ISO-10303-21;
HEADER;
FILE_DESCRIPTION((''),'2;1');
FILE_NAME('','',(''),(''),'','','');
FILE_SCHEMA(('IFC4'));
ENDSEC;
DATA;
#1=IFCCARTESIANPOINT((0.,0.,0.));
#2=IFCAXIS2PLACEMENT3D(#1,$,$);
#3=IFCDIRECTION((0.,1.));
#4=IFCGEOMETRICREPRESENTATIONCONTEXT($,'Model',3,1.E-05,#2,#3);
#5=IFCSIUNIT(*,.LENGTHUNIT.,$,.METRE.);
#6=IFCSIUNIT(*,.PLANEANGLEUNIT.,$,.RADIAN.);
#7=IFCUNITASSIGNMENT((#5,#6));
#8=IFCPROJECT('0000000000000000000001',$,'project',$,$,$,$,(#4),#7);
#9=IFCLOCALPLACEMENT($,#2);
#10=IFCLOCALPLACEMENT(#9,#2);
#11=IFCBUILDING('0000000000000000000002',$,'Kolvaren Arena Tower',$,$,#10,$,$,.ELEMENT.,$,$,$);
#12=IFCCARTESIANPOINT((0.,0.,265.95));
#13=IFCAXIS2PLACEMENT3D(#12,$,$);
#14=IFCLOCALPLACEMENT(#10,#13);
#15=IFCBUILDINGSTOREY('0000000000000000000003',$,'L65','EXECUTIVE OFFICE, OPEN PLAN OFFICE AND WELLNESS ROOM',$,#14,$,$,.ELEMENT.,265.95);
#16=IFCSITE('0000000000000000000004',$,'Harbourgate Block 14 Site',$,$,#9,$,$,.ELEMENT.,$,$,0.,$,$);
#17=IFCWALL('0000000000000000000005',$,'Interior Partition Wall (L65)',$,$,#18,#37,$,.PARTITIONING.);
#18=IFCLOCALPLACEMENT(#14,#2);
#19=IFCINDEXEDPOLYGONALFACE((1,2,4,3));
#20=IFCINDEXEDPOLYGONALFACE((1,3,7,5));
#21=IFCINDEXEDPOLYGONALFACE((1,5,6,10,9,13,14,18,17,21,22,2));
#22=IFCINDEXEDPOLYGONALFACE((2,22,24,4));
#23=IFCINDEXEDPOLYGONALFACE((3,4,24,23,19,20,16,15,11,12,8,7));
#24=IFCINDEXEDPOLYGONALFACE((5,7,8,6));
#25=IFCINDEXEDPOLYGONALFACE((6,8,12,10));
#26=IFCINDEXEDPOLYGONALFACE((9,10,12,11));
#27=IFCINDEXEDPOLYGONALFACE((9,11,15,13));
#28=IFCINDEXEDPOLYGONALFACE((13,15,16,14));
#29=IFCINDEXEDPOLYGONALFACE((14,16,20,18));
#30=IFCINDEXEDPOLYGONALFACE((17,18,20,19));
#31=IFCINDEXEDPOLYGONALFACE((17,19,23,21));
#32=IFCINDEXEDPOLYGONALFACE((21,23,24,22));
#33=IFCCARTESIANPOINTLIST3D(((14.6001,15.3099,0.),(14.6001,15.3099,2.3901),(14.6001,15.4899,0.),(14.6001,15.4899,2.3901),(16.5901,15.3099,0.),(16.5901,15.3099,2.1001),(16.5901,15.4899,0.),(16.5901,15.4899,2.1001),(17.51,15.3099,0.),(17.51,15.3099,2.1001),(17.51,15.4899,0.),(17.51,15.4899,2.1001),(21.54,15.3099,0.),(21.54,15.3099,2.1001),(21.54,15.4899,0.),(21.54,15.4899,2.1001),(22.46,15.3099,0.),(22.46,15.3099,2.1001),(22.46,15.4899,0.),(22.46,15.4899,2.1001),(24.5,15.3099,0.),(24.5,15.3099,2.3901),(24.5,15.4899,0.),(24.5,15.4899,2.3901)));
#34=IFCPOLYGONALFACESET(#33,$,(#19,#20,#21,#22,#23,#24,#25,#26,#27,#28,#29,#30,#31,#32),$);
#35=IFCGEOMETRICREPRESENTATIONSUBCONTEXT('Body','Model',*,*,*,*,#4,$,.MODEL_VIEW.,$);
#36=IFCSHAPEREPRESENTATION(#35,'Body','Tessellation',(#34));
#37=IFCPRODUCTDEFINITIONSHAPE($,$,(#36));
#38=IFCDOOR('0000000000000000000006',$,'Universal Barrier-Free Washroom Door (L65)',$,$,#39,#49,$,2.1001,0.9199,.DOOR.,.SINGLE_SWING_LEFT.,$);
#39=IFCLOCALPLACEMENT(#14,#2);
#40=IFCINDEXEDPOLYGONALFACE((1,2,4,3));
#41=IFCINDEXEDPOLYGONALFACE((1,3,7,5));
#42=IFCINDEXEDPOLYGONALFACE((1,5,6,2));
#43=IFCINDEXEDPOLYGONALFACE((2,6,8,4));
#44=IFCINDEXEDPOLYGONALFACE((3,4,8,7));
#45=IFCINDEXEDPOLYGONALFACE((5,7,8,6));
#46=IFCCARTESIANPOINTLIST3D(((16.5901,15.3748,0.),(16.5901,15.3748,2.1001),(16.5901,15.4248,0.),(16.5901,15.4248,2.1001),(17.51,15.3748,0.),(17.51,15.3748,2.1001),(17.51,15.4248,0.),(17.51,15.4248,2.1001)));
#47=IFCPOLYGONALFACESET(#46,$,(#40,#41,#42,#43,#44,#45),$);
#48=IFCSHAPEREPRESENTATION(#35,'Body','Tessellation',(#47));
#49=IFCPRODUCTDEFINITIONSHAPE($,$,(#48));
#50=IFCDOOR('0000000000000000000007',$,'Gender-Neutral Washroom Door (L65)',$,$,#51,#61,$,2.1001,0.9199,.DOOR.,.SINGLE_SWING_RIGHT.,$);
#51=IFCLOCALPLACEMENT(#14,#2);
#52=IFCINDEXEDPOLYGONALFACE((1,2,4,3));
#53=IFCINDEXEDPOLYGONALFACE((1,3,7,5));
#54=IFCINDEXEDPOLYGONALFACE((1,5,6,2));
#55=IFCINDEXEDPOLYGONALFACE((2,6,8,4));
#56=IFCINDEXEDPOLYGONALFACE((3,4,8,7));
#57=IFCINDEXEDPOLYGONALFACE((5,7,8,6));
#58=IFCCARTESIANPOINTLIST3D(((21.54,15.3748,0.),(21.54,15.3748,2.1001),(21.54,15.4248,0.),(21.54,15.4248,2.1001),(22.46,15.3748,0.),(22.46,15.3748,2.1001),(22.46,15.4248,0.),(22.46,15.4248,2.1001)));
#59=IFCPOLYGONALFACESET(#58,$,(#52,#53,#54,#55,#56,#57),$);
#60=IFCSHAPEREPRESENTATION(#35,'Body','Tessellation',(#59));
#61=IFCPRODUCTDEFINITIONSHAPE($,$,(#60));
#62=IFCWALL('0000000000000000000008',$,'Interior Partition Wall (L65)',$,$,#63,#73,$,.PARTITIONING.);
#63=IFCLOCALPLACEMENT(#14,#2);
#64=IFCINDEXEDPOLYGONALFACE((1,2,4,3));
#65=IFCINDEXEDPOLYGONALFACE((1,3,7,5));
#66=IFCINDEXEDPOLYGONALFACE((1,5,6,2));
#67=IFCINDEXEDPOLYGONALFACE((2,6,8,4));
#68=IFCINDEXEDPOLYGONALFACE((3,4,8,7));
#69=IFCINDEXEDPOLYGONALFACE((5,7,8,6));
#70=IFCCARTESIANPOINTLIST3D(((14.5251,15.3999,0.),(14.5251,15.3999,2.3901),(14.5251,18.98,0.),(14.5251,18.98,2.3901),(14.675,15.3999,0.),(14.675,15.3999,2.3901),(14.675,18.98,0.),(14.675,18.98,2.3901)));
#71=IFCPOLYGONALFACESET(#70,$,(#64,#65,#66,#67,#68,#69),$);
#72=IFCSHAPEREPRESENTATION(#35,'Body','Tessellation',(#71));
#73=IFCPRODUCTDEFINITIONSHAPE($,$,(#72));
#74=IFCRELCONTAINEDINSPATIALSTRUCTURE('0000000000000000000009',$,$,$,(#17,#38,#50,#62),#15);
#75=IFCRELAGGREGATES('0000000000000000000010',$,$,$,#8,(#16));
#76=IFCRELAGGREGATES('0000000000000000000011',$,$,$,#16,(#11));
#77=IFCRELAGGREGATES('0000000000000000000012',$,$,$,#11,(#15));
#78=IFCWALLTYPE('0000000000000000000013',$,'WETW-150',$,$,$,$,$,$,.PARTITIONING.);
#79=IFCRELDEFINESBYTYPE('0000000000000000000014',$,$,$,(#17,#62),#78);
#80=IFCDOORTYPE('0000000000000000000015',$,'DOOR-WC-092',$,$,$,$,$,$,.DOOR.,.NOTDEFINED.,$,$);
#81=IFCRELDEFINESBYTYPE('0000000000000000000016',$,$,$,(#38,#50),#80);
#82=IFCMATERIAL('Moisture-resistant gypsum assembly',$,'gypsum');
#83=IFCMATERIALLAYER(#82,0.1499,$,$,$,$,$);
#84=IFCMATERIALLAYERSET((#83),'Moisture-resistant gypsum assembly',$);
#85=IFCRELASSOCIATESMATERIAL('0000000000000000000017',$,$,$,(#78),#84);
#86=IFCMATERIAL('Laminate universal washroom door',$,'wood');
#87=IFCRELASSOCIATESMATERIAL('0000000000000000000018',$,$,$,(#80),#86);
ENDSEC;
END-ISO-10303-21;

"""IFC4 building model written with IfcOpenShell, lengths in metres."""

from ifc_helpers import new_model, si_unit, direction, frame, frame_2d, origin, place, context, subcontext, project, spatial, rectangle, extrude, material, layer, layer_set, type_object, element, fill, save


model = new_model("IFC4")

# Units and contexts
model_context = context("Model", 3, precision=1e-05, world=origin(), true_north=direction((0.0, 1.0)))
body_context = subcontext(model_context, "Body", "Model", "MODEL_VIEW")
ifc_project = project(units=[si_unit("LENGTHUNIT", "METRE"), si_unit("PLANEANGLEUNIT", "RADIAN")], contexts=[model_context])

# Site, building, storey
site_placement = place(None, origin())
site = spatial("IfcSite", under=ifc_project, at=site_placement, Name="Harbourgate Block 14 Site", CompositionType="ELEMENT", RefElevation=0.0)
building_placement = place(site_placement, origin())
building = spatial("IfcBuilding", under=site, at=building_placement, Name="Kolvaren Arena Tower", CompositionType="ELEMENT")
storey_placement = place(building_placement, frame((0.0, 0.0, 265.95)))
storey = spatial("IfcBuildingStorey", under=building, at=storey_placement, Name="L65", Description="EXECUTIVE OFFICE, OPEN PLAN OFFICE AND WELLNESS ROOM", CompositionType="ELEMENT", Elevation=265.95)

# Wall, openings, doors
ifc_material_1 = material(Name="Moisture-resistant gypsum assembly", Category="gypsum")
ifc_layer_1 = layer(ifc_material_1, 0.1499)
ifc_layer_set_1 = layer_set([ifc_layer_1], Name="Moisture-resistant gypsum assembly")
wall_type_1 = type_object("IfcWallType", Name="WETW-150", PredefinedType="PARTITIONING", material=ifc_layer_set_1)
wall_1_placement = place(storey_placement, frame((14.6001, 15.3999, 0.0), z_axis=(0.0, 0.0, 1.0), x_axis=(1.0, 0.0, 0.0)))
wall_1 = element("IfcWall", 1, at=wall_1_placement, inside=storey, type_object=wall_type_1, Name="Interior Partition Wall (L65)", PredefinedType="PARTITIONING", context=body_context, shape_type="SweptSolid", body=[
    extrude(rectangle(XDim=9.8999, YDim=0.1799, at=frame_2d((4.95, 0.0))), origin(), (0.0, 0.0, 1.0), 2.3901),
])
opening_1_placement = place(wall_1_placement, frame((1.99, 0.0, 0.0)))
opening_1 = element("IfcOpeningElement", 2, at=opening_1_placement, cuts=wall_1, PredefinedType="OPENING", context=body_context, shape_type="SweptSolid", body=[
    extrude(rectangle(XDim=0.9199, YDim=2.1001, at=frame_2d((0.46, 1.05))), frame((0.0, 0.0999, 0.0), z_axis=(0.0, -1.0, 0.0), x_axis=(1.0, 0.0, 0.0)), (0.0, 0.0, 1.0), 0.2),
])
opening_2_placement = place(wall_1_placement, frame((6.9399, 0.0, 0.0)))
opening_2 = element("IfcOpeningElement", 3, at=opening_2_placement, cuts=wall_1, PredefinedType="OPENING", context=body_context, shape_type="SweptSolid", body=[
    extrude(rectangle(XDim=0.9199, YDim=2.1001, at=frame_2d((0.46, 1.05))), frame((0.0, 0.0999, 0.0), z_axis=(0.0, -1.0, 0.0), x_axis=(1.0, 0.0, 0.0)), (0.0, 0.0, 1.0), 0.2),
])
ifc_material_2 = material(Name="Laminate universal washroom door", Category="wood")
door_type_1 = type_object("IfcDoorType", Name="DOOR-WC-092", OperationType="NOTDEFINED", PredefinedType="DOOR", material=ifc_material_2)
door_1_placement = place(opening_1_placement, origin())
door_1 = element("IfcDoor", 4, at=door_1_placement, inside=storey, type_object=door_type_1, Name="Universal Barrier-Free Washroom Door (L65)", OperationType="SINGLE_SWING_LEFT", OverallHeight=2.1001, OverallWidth=0.9199, PredefinedType="DOOR", context=body_context, shape_type="SweptSolid", body=[
    extrude(rectangle(XDim=0.9199, YDim=2.1001, at=frame_2d((0.46, 1.05))), frame((0.0, 0.0249, 0.0), z_axis=(0.0, -1.0, 0.0), x_axis=(1.0, 0.0, 0.0)), (0.0, 0.0, 1.0), 0.05),
])
fill(opening_1, door_1)
door_2_placement = place(opening_2_placement, origin())
door_2 = element("IfcDoor", 5, at=door_2_placement, inside=storey, type_object=door_type_1, Name="Gender-Neutral Washroom Door (L65)", OperationType="SINGLE_SWING_RIGHT", OverallHeight=2.1001, OverallWidth=0.9199, PredefinedType="DOOR", context=body_context, shape_type="SweptSolid", body=[
    extrude(rectangle(XDim=0.9199, YDim=2.1001, at=frame_2d((0.46, 1.05))), frame((0.0, 0.0249, 0.0), z_axis=(0.0, -1.0, 0.0), x_axis=(1.0, 0.0, 0.0)), (0.0, 0.0, 1.0), 0.05),
])
fill(opening_2, door_2)

# Wall
wall_2_placement = place(storey_placement, frame((14.6001, 15.3999, 0.0), z_axis=(0.0, 0.0, 1.0), x_axis=(0.0, 1.0, 0.0)))
element("IfcWall", 6, at=wall_2_placement, inside=storey, type_object=wall_type_1, Name="Interior Partition Wall (L65)", PredefinedType="PARTITIONING", context=body_context, shape_type="SweptSolid", body=[
    extrude(rectangle(XDim=3.5801, YDim=0.1499, at=frame_2d((1.79, 0.0))), origin(), (0.0, 0.0, 1.0), 2.3901),
])

save(model, "model.ifc")
